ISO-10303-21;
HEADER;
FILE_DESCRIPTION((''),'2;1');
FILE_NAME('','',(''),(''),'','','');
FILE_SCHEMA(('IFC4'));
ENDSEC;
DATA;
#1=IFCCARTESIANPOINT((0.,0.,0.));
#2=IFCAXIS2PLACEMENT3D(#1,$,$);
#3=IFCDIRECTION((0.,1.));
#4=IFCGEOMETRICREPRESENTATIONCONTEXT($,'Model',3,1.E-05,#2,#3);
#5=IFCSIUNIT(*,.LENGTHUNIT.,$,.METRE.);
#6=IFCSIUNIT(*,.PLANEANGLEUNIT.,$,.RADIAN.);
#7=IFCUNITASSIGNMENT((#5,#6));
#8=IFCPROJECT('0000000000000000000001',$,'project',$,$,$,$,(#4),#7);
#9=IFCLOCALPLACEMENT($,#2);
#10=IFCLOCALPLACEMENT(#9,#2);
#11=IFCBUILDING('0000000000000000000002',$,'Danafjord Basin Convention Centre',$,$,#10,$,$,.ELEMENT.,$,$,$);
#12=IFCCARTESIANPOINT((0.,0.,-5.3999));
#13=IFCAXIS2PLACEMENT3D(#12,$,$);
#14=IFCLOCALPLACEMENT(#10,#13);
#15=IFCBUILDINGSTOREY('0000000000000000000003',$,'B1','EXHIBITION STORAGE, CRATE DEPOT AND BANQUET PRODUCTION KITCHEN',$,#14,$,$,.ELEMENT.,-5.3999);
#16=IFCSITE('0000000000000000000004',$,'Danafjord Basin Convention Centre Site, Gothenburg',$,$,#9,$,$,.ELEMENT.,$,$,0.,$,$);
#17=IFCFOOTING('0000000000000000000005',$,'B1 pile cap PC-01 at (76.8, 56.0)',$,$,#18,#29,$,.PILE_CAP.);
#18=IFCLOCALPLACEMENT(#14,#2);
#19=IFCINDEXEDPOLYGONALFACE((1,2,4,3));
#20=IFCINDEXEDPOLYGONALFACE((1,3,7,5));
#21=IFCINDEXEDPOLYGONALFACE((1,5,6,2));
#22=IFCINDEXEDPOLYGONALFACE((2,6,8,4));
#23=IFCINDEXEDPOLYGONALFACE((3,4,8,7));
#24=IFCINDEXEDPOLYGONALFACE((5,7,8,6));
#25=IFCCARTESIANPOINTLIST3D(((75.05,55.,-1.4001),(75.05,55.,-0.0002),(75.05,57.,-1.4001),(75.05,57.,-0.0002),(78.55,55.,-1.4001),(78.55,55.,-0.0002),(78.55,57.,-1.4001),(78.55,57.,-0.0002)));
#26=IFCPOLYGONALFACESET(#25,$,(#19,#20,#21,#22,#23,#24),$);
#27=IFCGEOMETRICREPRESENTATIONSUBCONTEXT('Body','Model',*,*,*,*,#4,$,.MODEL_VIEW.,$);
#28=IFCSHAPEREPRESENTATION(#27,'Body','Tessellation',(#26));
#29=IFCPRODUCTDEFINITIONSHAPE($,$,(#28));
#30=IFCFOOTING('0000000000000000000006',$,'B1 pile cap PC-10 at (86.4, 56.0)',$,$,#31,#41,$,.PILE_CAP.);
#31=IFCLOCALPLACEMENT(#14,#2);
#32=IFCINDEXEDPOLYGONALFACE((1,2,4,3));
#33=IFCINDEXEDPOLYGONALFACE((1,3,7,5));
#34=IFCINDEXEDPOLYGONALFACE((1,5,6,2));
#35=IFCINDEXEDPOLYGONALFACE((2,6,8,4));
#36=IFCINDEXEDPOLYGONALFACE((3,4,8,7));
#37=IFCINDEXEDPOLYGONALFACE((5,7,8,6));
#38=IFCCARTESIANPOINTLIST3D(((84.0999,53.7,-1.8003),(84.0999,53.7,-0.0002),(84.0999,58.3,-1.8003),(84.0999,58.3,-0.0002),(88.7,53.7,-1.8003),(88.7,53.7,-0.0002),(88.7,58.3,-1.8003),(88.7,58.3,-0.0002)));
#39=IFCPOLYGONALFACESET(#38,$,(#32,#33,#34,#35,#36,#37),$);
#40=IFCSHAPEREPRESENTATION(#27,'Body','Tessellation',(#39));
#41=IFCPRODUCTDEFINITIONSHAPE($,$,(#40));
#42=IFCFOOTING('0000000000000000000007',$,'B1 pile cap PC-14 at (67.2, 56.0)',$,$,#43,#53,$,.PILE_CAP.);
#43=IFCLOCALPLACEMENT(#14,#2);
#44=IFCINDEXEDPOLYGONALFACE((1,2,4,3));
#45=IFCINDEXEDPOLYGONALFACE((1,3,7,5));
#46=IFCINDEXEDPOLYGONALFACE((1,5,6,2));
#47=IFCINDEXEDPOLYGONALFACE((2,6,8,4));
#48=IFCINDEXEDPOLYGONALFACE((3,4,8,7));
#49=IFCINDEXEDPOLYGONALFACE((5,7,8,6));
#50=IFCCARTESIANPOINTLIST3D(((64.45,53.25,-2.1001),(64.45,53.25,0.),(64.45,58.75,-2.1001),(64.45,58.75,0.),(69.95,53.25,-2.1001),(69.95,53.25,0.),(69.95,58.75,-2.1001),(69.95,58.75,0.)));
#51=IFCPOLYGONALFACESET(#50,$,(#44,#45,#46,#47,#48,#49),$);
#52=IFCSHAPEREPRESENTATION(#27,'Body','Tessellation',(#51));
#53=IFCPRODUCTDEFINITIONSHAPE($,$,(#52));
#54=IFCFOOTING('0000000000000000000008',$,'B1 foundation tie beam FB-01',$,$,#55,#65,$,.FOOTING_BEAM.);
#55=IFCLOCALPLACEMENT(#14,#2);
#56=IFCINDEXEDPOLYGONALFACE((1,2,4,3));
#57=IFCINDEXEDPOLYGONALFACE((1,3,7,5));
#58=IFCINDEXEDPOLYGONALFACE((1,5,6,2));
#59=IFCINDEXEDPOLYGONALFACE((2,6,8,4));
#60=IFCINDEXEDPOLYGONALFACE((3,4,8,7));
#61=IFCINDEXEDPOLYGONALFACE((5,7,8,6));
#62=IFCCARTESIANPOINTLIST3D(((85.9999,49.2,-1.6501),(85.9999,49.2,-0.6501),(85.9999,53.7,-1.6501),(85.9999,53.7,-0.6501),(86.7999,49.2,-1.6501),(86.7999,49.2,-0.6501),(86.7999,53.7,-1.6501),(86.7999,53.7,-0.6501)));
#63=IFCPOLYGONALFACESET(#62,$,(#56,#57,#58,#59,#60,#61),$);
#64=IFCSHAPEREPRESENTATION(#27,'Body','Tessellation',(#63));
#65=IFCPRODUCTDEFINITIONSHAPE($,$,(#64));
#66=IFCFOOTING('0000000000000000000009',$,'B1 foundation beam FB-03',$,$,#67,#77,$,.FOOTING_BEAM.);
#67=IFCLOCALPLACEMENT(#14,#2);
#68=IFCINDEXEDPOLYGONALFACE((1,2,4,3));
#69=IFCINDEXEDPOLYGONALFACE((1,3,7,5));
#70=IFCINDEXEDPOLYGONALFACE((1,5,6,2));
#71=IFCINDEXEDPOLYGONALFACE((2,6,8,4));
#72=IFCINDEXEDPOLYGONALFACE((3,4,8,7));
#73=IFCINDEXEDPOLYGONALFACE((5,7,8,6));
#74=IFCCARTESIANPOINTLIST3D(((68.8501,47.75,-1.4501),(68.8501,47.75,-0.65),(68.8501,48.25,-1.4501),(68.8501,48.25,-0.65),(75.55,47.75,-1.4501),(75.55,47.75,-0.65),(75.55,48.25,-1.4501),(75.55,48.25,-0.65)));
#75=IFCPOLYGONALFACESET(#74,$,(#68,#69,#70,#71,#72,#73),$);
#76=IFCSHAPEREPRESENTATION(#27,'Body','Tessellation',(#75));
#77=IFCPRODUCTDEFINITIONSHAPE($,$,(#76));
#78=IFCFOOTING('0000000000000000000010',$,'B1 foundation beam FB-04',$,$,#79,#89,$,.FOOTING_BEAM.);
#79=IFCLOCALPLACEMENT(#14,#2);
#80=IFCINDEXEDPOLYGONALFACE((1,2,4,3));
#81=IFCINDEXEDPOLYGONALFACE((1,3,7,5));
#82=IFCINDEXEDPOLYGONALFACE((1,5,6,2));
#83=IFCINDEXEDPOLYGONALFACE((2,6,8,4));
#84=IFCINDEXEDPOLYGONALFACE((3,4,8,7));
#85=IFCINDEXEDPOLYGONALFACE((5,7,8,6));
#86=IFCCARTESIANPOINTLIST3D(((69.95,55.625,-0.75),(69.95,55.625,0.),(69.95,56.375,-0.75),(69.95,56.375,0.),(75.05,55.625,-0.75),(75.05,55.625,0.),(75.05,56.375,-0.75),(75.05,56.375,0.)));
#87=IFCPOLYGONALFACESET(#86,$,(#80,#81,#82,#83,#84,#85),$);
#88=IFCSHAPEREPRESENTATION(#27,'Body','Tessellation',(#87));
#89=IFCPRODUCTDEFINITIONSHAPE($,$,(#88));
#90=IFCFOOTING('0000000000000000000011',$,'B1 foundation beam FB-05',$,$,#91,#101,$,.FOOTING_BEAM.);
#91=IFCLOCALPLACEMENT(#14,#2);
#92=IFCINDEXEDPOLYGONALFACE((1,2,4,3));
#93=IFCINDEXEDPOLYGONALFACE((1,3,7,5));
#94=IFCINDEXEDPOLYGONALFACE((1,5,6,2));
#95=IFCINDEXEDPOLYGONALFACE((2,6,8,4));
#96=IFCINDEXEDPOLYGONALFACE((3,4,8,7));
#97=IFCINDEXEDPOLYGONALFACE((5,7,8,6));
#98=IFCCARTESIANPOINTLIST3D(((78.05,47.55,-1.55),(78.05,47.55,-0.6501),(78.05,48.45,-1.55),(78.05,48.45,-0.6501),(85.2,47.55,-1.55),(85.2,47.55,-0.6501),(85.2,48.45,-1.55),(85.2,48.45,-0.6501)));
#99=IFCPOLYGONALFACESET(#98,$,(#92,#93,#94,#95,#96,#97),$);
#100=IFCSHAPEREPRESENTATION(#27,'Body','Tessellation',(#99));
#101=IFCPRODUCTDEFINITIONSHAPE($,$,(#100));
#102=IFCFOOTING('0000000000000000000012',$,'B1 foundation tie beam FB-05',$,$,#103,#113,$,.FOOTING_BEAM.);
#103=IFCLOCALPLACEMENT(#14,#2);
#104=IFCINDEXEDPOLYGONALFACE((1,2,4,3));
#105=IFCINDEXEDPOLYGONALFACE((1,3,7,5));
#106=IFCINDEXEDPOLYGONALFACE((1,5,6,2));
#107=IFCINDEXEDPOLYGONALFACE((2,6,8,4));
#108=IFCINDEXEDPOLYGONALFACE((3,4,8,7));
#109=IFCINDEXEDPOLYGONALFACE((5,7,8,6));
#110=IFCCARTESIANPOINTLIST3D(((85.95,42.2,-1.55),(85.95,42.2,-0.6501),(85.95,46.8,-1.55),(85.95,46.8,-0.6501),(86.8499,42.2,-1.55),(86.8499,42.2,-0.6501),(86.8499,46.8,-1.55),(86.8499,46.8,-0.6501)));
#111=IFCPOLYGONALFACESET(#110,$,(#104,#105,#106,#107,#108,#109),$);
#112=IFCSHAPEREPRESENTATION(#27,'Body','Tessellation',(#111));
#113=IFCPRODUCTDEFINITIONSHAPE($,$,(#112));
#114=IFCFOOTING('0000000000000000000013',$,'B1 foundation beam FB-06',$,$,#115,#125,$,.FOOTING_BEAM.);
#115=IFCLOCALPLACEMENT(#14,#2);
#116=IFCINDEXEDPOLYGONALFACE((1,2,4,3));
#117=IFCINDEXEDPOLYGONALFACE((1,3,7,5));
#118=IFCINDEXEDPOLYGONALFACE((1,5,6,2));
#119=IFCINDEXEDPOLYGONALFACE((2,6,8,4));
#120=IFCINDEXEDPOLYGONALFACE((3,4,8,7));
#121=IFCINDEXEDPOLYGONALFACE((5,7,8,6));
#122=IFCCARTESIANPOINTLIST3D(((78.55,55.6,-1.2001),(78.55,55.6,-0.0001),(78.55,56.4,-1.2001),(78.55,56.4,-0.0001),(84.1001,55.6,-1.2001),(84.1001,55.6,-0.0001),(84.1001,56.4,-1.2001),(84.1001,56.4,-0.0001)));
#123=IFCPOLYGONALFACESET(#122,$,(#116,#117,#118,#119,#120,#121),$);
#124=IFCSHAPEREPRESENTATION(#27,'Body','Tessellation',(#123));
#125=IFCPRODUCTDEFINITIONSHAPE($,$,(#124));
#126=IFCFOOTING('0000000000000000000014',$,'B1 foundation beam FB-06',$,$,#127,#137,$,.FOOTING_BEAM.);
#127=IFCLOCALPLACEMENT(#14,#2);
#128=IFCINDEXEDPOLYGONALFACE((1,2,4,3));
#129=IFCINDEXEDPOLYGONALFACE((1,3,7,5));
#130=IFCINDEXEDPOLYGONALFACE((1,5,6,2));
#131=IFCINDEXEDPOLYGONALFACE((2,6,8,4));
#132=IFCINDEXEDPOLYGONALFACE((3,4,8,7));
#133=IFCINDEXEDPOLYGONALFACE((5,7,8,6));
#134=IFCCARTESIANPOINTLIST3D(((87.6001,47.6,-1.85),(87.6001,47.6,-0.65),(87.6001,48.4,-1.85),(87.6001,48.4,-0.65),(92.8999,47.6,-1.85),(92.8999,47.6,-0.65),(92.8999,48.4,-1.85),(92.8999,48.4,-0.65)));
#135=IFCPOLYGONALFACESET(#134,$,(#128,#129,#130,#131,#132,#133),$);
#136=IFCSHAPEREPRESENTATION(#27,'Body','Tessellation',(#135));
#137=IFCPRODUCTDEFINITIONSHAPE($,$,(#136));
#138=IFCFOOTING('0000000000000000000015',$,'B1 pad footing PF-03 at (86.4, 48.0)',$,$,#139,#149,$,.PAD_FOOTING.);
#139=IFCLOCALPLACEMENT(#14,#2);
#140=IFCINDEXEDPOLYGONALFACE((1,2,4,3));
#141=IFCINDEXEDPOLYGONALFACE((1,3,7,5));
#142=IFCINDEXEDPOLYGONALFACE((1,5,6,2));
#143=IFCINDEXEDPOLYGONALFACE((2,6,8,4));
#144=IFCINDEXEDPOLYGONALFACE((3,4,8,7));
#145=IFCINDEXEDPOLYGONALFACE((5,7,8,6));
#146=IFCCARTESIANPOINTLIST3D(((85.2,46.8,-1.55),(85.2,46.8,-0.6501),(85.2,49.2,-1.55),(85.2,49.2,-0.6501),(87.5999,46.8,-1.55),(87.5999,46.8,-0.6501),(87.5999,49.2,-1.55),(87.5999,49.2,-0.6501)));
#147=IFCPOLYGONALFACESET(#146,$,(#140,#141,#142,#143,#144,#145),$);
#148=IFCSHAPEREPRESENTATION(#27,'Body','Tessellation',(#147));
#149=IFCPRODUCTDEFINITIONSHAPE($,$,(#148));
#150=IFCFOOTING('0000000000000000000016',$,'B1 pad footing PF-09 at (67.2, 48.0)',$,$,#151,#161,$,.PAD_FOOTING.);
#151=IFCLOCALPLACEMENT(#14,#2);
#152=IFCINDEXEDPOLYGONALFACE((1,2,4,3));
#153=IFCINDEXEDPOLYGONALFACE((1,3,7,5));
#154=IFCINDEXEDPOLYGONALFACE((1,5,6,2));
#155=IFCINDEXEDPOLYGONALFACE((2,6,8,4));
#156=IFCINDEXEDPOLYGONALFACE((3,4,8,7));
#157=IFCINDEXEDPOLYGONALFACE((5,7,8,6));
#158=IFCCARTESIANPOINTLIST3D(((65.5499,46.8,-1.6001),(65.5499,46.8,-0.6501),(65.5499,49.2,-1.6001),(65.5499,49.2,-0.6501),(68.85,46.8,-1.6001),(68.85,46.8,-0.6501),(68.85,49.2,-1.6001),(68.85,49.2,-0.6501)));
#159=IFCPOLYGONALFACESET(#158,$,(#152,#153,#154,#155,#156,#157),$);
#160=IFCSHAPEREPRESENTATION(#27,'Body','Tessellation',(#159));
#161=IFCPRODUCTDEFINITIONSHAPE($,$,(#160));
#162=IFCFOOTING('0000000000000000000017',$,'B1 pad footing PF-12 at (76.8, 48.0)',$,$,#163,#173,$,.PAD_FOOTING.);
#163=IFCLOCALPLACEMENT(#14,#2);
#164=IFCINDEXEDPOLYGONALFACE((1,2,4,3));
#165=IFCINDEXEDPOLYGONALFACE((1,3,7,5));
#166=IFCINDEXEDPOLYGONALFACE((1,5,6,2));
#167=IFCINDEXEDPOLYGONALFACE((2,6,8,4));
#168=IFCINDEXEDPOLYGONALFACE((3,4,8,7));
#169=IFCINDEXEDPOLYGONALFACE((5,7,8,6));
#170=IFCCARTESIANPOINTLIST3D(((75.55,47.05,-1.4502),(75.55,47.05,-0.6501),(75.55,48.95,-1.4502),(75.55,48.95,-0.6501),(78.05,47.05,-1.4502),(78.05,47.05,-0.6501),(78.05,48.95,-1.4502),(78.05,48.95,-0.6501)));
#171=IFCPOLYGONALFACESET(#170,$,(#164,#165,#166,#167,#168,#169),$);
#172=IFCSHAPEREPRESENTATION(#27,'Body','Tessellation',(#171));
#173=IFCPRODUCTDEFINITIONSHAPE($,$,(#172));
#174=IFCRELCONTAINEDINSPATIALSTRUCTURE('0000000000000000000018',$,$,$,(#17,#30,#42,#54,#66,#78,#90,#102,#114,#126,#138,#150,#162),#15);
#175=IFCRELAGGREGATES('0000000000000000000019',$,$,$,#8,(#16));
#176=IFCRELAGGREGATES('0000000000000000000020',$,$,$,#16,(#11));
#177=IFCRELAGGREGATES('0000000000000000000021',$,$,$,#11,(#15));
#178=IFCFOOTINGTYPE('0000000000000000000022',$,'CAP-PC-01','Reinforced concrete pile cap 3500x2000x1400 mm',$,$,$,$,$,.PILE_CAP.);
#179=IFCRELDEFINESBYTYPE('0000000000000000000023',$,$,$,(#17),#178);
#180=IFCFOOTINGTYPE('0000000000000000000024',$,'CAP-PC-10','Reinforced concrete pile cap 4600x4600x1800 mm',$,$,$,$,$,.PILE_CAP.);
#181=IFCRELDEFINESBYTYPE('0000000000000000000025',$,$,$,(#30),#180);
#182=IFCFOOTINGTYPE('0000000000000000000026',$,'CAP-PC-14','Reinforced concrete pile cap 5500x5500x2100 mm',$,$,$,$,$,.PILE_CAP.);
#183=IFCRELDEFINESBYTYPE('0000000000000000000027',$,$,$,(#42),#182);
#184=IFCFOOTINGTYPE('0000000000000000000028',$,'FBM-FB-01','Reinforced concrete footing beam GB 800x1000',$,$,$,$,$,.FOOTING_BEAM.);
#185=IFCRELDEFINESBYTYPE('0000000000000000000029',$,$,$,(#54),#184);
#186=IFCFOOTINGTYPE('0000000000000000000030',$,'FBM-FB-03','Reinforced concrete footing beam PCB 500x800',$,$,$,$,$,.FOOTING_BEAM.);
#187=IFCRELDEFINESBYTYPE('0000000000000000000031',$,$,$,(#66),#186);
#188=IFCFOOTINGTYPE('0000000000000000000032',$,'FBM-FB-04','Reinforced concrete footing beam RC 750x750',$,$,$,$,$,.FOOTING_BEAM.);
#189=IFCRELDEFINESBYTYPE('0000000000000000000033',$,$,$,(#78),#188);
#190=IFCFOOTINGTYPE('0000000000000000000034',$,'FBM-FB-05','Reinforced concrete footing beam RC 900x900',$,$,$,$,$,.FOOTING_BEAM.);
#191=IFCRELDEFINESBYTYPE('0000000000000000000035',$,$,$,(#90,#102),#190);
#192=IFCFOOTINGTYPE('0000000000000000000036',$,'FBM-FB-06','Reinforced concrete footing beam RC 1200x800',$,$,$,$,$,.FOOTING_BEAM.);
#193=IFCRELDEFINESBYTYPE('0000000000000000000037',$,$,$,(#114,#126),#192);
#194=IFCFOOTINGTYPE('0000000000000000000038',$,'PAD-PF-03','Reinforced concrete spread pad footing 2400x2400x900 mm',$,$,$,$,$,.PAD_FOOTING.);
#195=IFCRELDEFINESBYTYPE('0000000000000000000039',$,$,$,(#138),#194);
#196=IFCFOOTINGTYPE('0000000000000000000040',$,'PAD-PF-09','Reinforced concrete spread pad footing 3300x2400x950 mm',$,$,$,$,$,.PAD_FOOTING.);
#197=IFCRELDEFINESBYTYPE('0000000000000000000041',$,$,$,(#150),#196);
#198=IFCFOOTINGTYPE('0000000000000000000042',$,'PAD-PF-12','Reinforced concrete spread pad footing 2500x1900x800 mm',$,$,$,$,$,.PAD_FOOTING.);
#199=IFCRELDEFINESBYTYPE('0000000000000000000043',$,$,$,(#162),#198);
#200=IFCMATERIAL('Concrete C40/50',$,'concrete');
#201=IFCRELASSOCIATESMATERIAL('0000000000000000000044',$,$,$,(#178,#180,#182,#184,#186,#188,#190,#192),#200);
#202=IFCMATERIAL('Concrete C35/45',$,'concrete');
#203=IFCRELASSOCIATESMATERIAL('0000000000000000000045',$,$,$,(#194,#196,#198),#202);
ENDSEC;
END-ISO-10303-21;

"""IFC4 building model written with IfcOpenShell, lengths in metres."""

from ifc_helpers import new_model, si_unit, direction, frame, origin, origin_2d, place, context, subcontext, project, spatial, rectangle, extrude, material, material_profile, profile_set, type_object, element, save


model = new_model("IFC4")

# Units and contexts
model_context = context("Model", 3, precision=1e-05, world=origin(), true_north=direction((0.0, 1.0)))
body_context = subcontext(model_context, "Body", "Model", "MODEL_VIEW")
ifc_project = project(units=[si_unit("LENGTHUNIT", "METRE"), si_unit("PLANEANGLEUNIT", "RADIAN")], contexts=[model_context])

# Site, building, storey
site_placement = place(None, origin())
site = spatial("IfcSite", under=ifc_project, at=site_placement, Name="Danafjord Basin Convention Centre Site, Gothenburg", CompositionType="ELEMENT", RefElevation=0.0)
building_placement = place(site_placement, origin())
building = spatial("IfcBuilding", under=site, at=building_placement, Name="Danafjord Basin Convention Centre", CompositionType="ELEMENT")
storey_placement = place(building_placement, frame((0.0, 0.0, -5.3999)))
storey = spatial("IfcBuildingStorey", under=building, at=storey_placement, Name="B1", Description="EXHIBITION STORAGE, CRATE DEPOT AND BANQUET PRODUCTION KITCHEN", CompositionType="ELEMENT", Elevation=-5.3999)

# Footings
ifc_material_1 = material(Name="Concrete C40/50", Category="concrete")
footing_type_1 = type_object("IfcFootingType", Name="CAP-PC-01", Description="Reinforced concrete pile cap 3500x2000x1400 mm", PredefinedType="PILE_CAP", material=ifc_material_1)
footing_1_placement = place(storey_placement, frame((76.8, 56.0, -1.4001), z_axis=(0.0, 0.0, 1.0), x_axis=(1.0, 0.0, 0.0)))
element("IfcFooting", 1, at=footing_1_placement, inside=storey, type_object=footing_type_1, Name="B1 pile cap PC-01 at (76.8, 56.0)", PredefinedType="PILE_CAP", context=body_context, shape_type="SweptSolid", body=[
    extrude(rectangle(XDim=3.5, YDim=2.0, at=origin_2d()), origin(), (0.0, 0.0, 1.0), 1.3999),
])
footing_type_2 = type_object("IfcFootingType", Name="CAP-PC-10", Description="Reinforced concrete pile cap 4600x4600x1800 mm", PredefinedType="PILE_CAP", material=ifc_material_1)
footing_2_placement = place(storey_placement, frame((86.3999, 56.0, -1.8003), z_axis=(0.0, 0.0, 1.0), x_axis=(1.0, 0.0, 0.0)))
element("IfcFooting", 2, at=footing_2_placement, inside=storey, type_object=footing_type_2, Name="B1 pile cap PC-10 at (86.4, 56.0)", PredefinedType="PILE_CAP", context=body_context, shape_type="SweptSolid", body=[
    extrude(rectangle(XDim=4.6001, YDim=4.6001, at=origin_2d()), origin(), (0.0, 0.0, 1.0), 1.8),
])
footing_type_3 = type_object("IfcFootingType", Name="CAP-PC-14", Description="Reinforced concrete pile cap 5500x5500x2100 mm", PredefinedType="PILE_CAP", material=ifc_material_1)
footing_3_placement = place(storey_placement, frame((67.2, 56.0, -2.1001), z_axis=(0.0, 0.0, 1.0), x_axis=(1.0, 0.0, 0.0)))
element("IfcFooting", 3, at=footing_3_placement, inside=storey, type_object=footing_type_3, Name="B1 pile cap PC-14 at (67.2, 56.0)", PredefinedType="PILE_CAP", context=body_context, shape_type="SweptSolid", body=[
    extrude(rectangle(XDim=5.5, YDim=5.5, at=origin_2d()), origin(), (0.0, 0.0, 1.0), 2.1001),
])
ifc_material_profile_1 = material_profile(ifc_material_1, rectangle(XDim=0.8, YDim=1.0, at=origin_2d()), Name="GB 800x1000")
ifc_profile_set_1 = profile_set([ifc_material_profile_1], Name="Concrete C40/50")
footing_type_4 = type_object("IfcFootingType", Name="FBM-FB-01", Description="Reinforced concrete footing beam GB 800x1000", PredefinedType="FOOTING_BEAM", material=ifc_profile_set_1)
footing_4_placement = place(storey_placement, frame((86.3999, 49.2, -1.1501), z_axis=(0.0, 1.0, 0.0), x_axis=(-1.0, 0.0, 0.0)))
element("IfcFooting", 4, at=footing_4_placement, inside=storey, type_object=footing_type_4, Name="B1 foundation tie beam FB-01", PredefinedType="FOOTING_BEAM", context=body_context, shape_type="SweptSolid", body=[
    extrude(rectangle(XDim=0.8, YDim=1.0, at=origin_2d()), origin(), (0.0, 0.0, 1.0), 4.5),
])
ifc_material_profile_2 = material_profile(ifc_material_1, rectangle(XDim=0.5, YDim=0.8, at=origin_2d()), Name="PCB 500x800")
ifc_profile_set_2 = profile_set([ifc_material_profile_2], Name="Concrete C40/50")
footing_type_5 = type_object("IfcFootingType", Name="FBM-FB-03", Description="Reinforced concrete footing beam PCB 500x800", PredefinedType="FOOTING_BEAM", material=ifc_profile_set_2)
footing_5_placement = place(storey_placement, frame((68.8501, 48.0, -1.05), z_axis=(1.0, 0.0, 0.0), x_axis=(0.0, 1.0, 0.0)))
element("IfcFooting", 5, at=footing_5_placement, inside=storey, type_object=footing_type_5, Name="B1 foundation beam FB-03", PredefinedType="FOOTING_BEAM", context=body_context, shape_type="SweptSolid", body=[
    extrude(rectangle(XDim=0.5, YDim=0.8, at=origin_2d()), origin(), (0.0, 0.0, 1.0), 6.7),
])
ifc_material_profile_3 = material_profile(ifc_material_1, rectangle(XDim=0.75, YDim=0.75, at=origin_2d()), Name="RC 750x750")
ifc_profile_set_3 = profile_set([ifc_material_profile_3], Name="Concrete C40/50")
footing_type_6 = type_object("IfcFootingType", Name="FBM-FB-04", Description="Reinforced concrete footing beam RC 750x750", PredefinedType="FOOTING_BEAM", material=ifc_profile_set_3)
footing_6_placement = place(storey_placement, frame((69.95, 56.0, -0.375), z_axis=(1.0, 0.0, 0.0), x_axis=(0.0, 1.0, 0.0)))
element("IfcFooting", 6, at=footing_6_placement, inside=storey, type_object=footing_type_6, Name="B1 foundation beam FB-04", PredefinedType="FOOTING_BEAM", context=body_context, shape_type="SweptSolid", body=[
    extrude(rectangle(XDim=0.75, YDim=0.75, at=origin_2d()), origin(), (0.0, 0.0, 1.0), 5.1001),
])
ifc_material_profile_4 = material_profile(ifc_material_1, rectangle(XDim=0.8999, YDim=0.8999, at=origin_2d()), Name="RC 900x900")
ifc_profile_set_4 = profile_set([ifc_material_profile_4], Name="Concrete C40/50")
footing_type_7 = type_object("IfcFootingType", Name="FBM-FB-05", Description="Reinforced concrete footing beam RC 900x900", PredefinedType="FOOTING_BEAM", material=ifc_profile_set_4)
footing_7_placement = place(storey_placement, frame((78.05, 48.0, -1.1001), z_axis=(1.0, 0.0, 0.0), x_axis=(0.0, 1.0, 0.0)))
element("IfcFooting", 7, at=footing_7_placement, inside=storey, type_object=footing_type_7, Name="B1 foundation beam FB-05", PredefinedType="FOOTING_BEAM", context=body_context, shape_type="SweptSolid", body=[
    extrude(rectangle(XDim=0.8999, YDim=0.8999, at=origin_2d()), origin(), (0.0, 0.0, 1.0), 7.1499),
])
footing_8_placement = place(storey_placement, frame((86.3999, 42.2, -1.1001), z_axis=(0.0, 1.0, 0.0), x_axis=(-1.0, 0.0, 0.0)))
element("IfcFooting", 8, at=footing_8_placement, inside=storey, type_object=footing_type_7, Name="B1 foundation tie beam FB-05", PredefinedType="FOOTING_BEAM", context=body_context, shape_type="SweptSolid", body=[
    extrude(rectangle(XDim=0.8999, YDim=0.8999, at=origin_2d()), origin(), (0.0, 0.0, 1.0), 4.6001),
])
ifc_material_profile_5 = material_profile(ifc_material_1, rectangle(XDim=0.8, YDim=1.2, at=origin_2d()), Name="RC 1200x800")
ifc_profile_set_5 = profile_set([ifc_material_profile_5], Name="Concrete C40/50")
footing_type_8 = type_object("IfcFootingType", Name="FBM-FB-06", Description="Reinforced concrete footing beam RC 1200x800", PredefinedType="FOOTING_BEAM", material=ifc_profile_set_5)
footing_9_placement = place(storey_placement, frame((78.55, 56.0, -0.6001), z_axis=(1.0, 0.0, 0.0), x_axis=(0.0, 1.0, 0.0)))
element("IfcFooting", 9, at=footing_9_placement, inside=storey, type_object=footing_type_8, Name="B1 foundation beam FB-06", PredefinedType="FOOTING_BEAM", context=body_context, shape_type="SweptSolid", body=[
    extrude(rectangle(XDim=0.8, YDim=1.2, at=origin_2d()), origin(), (0.0, 0.0, 1.0), 5.55),
])
footing_10_placement = place(storey_placement, frame((87.6001, 48.0, -1.25), z_axis=(1.0, 0.0, 0.0), x_axis=(0.0, 1.0, 0.0)))
element("IfcFooting", 10, at=footing_10_placement, inside=storey, type_object=footing_type_8, Name="B1 foundation beam FB-06", PredefinedType="FOOTING_BEAM", context=body_context, shape_type="SweptSolid", body=[
    extrude(rectangle(XDim=0.8, YDim=1.2, at=origin_2d()), origin(), (0.0, 0.0, 1.0), 5.2998),
])
ifc_material_2 = material(Name="Concrete C35/45", Category="concrete")
footing_type_9 = type_object("IfcFootingType", Name="PAD-PF-03", Description="Reinforced concrete spread pad footing 2400x2400x900 mm", PredefinedType="PAD_FOOTING", material=ifc_material_2)
footing_11_placement = place(storey_placement, frame((86.3999, 48.0, -1.55), z_axis=(0.0, 0.0, 1.0), x_axis=(1.0, 0.0, 0.0)))
element("IfcFooting", 11, at=footing_11_placement, inside=storey, type_object=footing_type_9, Name="B1 pad footing PF-03 at (86.4, 48.0)", PredefinedType="PAD_FOOTING", context=body_context, shape_type="SweptSolid", body=[
    extrude(rectangle(XDim=2.3999, YDim=2.3999, at=origin_2d()), origin(), (0.0, 0.0, 1.0), 0.8999),
])
footing_type_10 = type_object("IfcFootingType", Name="PAD-PF-09", Description="Reinforced concrete spread pad footing 3300x2400x950 mm", PredefinedType="PAD_FOOTING", material=ifc_material_2)
footing_12_placement = place(storey_placement, frame((67.2, 48.0, -1.6001), z_axis=(0.0, 0.0, 1.0), x_axis=(1.0, 0.0, 0.0)))
element("IfcFooting", 12, at=footing_12_placement, inside=storey, type_object=footing_type_10, Name="B1 pad footing PF-09 at (67.2, 48.0)", PredefinedType="PAD_FOOTING", context=body_context, shape_type="SweptSolid", body=[
    extrude(rectangle(XDim=3.3, YDim=2.3999, at=origin_2d()), origin(), (0.0, 0.0, 1.0), 0.95),
])
footing_type_11 = type_object("IfcFootingType", Name="PAD-PF-12", Description="Reinforced concrete spread pad footing 2500x1900x800 mm", PredefinedType="PAD_FOOTING", material=ifc_material_2)
footing_13_placement = place(storey_placement, frame((76.8, 48.0, -1.4502), z_axis=(0.0, 0.0, 1.0), x_axis=(1.0, 0.0, 0.0)))
element("IfcFooting", 13, at=footing_13_placement, inside=storey, type_object=footing_type_11, Name="B1 pad footing PF-12 at (76.8, 48.0)", PredefinedType="PAD_FOOTING", context=body_context, shape_type="SweptSolid", body=[
    extrude(rectangle(XDim=2.5, YDim=1.8999, at=origin_2d()), origin(), (0.0, 0.0, 1.0), 0.8),
])

save(model, "model.ifc")
